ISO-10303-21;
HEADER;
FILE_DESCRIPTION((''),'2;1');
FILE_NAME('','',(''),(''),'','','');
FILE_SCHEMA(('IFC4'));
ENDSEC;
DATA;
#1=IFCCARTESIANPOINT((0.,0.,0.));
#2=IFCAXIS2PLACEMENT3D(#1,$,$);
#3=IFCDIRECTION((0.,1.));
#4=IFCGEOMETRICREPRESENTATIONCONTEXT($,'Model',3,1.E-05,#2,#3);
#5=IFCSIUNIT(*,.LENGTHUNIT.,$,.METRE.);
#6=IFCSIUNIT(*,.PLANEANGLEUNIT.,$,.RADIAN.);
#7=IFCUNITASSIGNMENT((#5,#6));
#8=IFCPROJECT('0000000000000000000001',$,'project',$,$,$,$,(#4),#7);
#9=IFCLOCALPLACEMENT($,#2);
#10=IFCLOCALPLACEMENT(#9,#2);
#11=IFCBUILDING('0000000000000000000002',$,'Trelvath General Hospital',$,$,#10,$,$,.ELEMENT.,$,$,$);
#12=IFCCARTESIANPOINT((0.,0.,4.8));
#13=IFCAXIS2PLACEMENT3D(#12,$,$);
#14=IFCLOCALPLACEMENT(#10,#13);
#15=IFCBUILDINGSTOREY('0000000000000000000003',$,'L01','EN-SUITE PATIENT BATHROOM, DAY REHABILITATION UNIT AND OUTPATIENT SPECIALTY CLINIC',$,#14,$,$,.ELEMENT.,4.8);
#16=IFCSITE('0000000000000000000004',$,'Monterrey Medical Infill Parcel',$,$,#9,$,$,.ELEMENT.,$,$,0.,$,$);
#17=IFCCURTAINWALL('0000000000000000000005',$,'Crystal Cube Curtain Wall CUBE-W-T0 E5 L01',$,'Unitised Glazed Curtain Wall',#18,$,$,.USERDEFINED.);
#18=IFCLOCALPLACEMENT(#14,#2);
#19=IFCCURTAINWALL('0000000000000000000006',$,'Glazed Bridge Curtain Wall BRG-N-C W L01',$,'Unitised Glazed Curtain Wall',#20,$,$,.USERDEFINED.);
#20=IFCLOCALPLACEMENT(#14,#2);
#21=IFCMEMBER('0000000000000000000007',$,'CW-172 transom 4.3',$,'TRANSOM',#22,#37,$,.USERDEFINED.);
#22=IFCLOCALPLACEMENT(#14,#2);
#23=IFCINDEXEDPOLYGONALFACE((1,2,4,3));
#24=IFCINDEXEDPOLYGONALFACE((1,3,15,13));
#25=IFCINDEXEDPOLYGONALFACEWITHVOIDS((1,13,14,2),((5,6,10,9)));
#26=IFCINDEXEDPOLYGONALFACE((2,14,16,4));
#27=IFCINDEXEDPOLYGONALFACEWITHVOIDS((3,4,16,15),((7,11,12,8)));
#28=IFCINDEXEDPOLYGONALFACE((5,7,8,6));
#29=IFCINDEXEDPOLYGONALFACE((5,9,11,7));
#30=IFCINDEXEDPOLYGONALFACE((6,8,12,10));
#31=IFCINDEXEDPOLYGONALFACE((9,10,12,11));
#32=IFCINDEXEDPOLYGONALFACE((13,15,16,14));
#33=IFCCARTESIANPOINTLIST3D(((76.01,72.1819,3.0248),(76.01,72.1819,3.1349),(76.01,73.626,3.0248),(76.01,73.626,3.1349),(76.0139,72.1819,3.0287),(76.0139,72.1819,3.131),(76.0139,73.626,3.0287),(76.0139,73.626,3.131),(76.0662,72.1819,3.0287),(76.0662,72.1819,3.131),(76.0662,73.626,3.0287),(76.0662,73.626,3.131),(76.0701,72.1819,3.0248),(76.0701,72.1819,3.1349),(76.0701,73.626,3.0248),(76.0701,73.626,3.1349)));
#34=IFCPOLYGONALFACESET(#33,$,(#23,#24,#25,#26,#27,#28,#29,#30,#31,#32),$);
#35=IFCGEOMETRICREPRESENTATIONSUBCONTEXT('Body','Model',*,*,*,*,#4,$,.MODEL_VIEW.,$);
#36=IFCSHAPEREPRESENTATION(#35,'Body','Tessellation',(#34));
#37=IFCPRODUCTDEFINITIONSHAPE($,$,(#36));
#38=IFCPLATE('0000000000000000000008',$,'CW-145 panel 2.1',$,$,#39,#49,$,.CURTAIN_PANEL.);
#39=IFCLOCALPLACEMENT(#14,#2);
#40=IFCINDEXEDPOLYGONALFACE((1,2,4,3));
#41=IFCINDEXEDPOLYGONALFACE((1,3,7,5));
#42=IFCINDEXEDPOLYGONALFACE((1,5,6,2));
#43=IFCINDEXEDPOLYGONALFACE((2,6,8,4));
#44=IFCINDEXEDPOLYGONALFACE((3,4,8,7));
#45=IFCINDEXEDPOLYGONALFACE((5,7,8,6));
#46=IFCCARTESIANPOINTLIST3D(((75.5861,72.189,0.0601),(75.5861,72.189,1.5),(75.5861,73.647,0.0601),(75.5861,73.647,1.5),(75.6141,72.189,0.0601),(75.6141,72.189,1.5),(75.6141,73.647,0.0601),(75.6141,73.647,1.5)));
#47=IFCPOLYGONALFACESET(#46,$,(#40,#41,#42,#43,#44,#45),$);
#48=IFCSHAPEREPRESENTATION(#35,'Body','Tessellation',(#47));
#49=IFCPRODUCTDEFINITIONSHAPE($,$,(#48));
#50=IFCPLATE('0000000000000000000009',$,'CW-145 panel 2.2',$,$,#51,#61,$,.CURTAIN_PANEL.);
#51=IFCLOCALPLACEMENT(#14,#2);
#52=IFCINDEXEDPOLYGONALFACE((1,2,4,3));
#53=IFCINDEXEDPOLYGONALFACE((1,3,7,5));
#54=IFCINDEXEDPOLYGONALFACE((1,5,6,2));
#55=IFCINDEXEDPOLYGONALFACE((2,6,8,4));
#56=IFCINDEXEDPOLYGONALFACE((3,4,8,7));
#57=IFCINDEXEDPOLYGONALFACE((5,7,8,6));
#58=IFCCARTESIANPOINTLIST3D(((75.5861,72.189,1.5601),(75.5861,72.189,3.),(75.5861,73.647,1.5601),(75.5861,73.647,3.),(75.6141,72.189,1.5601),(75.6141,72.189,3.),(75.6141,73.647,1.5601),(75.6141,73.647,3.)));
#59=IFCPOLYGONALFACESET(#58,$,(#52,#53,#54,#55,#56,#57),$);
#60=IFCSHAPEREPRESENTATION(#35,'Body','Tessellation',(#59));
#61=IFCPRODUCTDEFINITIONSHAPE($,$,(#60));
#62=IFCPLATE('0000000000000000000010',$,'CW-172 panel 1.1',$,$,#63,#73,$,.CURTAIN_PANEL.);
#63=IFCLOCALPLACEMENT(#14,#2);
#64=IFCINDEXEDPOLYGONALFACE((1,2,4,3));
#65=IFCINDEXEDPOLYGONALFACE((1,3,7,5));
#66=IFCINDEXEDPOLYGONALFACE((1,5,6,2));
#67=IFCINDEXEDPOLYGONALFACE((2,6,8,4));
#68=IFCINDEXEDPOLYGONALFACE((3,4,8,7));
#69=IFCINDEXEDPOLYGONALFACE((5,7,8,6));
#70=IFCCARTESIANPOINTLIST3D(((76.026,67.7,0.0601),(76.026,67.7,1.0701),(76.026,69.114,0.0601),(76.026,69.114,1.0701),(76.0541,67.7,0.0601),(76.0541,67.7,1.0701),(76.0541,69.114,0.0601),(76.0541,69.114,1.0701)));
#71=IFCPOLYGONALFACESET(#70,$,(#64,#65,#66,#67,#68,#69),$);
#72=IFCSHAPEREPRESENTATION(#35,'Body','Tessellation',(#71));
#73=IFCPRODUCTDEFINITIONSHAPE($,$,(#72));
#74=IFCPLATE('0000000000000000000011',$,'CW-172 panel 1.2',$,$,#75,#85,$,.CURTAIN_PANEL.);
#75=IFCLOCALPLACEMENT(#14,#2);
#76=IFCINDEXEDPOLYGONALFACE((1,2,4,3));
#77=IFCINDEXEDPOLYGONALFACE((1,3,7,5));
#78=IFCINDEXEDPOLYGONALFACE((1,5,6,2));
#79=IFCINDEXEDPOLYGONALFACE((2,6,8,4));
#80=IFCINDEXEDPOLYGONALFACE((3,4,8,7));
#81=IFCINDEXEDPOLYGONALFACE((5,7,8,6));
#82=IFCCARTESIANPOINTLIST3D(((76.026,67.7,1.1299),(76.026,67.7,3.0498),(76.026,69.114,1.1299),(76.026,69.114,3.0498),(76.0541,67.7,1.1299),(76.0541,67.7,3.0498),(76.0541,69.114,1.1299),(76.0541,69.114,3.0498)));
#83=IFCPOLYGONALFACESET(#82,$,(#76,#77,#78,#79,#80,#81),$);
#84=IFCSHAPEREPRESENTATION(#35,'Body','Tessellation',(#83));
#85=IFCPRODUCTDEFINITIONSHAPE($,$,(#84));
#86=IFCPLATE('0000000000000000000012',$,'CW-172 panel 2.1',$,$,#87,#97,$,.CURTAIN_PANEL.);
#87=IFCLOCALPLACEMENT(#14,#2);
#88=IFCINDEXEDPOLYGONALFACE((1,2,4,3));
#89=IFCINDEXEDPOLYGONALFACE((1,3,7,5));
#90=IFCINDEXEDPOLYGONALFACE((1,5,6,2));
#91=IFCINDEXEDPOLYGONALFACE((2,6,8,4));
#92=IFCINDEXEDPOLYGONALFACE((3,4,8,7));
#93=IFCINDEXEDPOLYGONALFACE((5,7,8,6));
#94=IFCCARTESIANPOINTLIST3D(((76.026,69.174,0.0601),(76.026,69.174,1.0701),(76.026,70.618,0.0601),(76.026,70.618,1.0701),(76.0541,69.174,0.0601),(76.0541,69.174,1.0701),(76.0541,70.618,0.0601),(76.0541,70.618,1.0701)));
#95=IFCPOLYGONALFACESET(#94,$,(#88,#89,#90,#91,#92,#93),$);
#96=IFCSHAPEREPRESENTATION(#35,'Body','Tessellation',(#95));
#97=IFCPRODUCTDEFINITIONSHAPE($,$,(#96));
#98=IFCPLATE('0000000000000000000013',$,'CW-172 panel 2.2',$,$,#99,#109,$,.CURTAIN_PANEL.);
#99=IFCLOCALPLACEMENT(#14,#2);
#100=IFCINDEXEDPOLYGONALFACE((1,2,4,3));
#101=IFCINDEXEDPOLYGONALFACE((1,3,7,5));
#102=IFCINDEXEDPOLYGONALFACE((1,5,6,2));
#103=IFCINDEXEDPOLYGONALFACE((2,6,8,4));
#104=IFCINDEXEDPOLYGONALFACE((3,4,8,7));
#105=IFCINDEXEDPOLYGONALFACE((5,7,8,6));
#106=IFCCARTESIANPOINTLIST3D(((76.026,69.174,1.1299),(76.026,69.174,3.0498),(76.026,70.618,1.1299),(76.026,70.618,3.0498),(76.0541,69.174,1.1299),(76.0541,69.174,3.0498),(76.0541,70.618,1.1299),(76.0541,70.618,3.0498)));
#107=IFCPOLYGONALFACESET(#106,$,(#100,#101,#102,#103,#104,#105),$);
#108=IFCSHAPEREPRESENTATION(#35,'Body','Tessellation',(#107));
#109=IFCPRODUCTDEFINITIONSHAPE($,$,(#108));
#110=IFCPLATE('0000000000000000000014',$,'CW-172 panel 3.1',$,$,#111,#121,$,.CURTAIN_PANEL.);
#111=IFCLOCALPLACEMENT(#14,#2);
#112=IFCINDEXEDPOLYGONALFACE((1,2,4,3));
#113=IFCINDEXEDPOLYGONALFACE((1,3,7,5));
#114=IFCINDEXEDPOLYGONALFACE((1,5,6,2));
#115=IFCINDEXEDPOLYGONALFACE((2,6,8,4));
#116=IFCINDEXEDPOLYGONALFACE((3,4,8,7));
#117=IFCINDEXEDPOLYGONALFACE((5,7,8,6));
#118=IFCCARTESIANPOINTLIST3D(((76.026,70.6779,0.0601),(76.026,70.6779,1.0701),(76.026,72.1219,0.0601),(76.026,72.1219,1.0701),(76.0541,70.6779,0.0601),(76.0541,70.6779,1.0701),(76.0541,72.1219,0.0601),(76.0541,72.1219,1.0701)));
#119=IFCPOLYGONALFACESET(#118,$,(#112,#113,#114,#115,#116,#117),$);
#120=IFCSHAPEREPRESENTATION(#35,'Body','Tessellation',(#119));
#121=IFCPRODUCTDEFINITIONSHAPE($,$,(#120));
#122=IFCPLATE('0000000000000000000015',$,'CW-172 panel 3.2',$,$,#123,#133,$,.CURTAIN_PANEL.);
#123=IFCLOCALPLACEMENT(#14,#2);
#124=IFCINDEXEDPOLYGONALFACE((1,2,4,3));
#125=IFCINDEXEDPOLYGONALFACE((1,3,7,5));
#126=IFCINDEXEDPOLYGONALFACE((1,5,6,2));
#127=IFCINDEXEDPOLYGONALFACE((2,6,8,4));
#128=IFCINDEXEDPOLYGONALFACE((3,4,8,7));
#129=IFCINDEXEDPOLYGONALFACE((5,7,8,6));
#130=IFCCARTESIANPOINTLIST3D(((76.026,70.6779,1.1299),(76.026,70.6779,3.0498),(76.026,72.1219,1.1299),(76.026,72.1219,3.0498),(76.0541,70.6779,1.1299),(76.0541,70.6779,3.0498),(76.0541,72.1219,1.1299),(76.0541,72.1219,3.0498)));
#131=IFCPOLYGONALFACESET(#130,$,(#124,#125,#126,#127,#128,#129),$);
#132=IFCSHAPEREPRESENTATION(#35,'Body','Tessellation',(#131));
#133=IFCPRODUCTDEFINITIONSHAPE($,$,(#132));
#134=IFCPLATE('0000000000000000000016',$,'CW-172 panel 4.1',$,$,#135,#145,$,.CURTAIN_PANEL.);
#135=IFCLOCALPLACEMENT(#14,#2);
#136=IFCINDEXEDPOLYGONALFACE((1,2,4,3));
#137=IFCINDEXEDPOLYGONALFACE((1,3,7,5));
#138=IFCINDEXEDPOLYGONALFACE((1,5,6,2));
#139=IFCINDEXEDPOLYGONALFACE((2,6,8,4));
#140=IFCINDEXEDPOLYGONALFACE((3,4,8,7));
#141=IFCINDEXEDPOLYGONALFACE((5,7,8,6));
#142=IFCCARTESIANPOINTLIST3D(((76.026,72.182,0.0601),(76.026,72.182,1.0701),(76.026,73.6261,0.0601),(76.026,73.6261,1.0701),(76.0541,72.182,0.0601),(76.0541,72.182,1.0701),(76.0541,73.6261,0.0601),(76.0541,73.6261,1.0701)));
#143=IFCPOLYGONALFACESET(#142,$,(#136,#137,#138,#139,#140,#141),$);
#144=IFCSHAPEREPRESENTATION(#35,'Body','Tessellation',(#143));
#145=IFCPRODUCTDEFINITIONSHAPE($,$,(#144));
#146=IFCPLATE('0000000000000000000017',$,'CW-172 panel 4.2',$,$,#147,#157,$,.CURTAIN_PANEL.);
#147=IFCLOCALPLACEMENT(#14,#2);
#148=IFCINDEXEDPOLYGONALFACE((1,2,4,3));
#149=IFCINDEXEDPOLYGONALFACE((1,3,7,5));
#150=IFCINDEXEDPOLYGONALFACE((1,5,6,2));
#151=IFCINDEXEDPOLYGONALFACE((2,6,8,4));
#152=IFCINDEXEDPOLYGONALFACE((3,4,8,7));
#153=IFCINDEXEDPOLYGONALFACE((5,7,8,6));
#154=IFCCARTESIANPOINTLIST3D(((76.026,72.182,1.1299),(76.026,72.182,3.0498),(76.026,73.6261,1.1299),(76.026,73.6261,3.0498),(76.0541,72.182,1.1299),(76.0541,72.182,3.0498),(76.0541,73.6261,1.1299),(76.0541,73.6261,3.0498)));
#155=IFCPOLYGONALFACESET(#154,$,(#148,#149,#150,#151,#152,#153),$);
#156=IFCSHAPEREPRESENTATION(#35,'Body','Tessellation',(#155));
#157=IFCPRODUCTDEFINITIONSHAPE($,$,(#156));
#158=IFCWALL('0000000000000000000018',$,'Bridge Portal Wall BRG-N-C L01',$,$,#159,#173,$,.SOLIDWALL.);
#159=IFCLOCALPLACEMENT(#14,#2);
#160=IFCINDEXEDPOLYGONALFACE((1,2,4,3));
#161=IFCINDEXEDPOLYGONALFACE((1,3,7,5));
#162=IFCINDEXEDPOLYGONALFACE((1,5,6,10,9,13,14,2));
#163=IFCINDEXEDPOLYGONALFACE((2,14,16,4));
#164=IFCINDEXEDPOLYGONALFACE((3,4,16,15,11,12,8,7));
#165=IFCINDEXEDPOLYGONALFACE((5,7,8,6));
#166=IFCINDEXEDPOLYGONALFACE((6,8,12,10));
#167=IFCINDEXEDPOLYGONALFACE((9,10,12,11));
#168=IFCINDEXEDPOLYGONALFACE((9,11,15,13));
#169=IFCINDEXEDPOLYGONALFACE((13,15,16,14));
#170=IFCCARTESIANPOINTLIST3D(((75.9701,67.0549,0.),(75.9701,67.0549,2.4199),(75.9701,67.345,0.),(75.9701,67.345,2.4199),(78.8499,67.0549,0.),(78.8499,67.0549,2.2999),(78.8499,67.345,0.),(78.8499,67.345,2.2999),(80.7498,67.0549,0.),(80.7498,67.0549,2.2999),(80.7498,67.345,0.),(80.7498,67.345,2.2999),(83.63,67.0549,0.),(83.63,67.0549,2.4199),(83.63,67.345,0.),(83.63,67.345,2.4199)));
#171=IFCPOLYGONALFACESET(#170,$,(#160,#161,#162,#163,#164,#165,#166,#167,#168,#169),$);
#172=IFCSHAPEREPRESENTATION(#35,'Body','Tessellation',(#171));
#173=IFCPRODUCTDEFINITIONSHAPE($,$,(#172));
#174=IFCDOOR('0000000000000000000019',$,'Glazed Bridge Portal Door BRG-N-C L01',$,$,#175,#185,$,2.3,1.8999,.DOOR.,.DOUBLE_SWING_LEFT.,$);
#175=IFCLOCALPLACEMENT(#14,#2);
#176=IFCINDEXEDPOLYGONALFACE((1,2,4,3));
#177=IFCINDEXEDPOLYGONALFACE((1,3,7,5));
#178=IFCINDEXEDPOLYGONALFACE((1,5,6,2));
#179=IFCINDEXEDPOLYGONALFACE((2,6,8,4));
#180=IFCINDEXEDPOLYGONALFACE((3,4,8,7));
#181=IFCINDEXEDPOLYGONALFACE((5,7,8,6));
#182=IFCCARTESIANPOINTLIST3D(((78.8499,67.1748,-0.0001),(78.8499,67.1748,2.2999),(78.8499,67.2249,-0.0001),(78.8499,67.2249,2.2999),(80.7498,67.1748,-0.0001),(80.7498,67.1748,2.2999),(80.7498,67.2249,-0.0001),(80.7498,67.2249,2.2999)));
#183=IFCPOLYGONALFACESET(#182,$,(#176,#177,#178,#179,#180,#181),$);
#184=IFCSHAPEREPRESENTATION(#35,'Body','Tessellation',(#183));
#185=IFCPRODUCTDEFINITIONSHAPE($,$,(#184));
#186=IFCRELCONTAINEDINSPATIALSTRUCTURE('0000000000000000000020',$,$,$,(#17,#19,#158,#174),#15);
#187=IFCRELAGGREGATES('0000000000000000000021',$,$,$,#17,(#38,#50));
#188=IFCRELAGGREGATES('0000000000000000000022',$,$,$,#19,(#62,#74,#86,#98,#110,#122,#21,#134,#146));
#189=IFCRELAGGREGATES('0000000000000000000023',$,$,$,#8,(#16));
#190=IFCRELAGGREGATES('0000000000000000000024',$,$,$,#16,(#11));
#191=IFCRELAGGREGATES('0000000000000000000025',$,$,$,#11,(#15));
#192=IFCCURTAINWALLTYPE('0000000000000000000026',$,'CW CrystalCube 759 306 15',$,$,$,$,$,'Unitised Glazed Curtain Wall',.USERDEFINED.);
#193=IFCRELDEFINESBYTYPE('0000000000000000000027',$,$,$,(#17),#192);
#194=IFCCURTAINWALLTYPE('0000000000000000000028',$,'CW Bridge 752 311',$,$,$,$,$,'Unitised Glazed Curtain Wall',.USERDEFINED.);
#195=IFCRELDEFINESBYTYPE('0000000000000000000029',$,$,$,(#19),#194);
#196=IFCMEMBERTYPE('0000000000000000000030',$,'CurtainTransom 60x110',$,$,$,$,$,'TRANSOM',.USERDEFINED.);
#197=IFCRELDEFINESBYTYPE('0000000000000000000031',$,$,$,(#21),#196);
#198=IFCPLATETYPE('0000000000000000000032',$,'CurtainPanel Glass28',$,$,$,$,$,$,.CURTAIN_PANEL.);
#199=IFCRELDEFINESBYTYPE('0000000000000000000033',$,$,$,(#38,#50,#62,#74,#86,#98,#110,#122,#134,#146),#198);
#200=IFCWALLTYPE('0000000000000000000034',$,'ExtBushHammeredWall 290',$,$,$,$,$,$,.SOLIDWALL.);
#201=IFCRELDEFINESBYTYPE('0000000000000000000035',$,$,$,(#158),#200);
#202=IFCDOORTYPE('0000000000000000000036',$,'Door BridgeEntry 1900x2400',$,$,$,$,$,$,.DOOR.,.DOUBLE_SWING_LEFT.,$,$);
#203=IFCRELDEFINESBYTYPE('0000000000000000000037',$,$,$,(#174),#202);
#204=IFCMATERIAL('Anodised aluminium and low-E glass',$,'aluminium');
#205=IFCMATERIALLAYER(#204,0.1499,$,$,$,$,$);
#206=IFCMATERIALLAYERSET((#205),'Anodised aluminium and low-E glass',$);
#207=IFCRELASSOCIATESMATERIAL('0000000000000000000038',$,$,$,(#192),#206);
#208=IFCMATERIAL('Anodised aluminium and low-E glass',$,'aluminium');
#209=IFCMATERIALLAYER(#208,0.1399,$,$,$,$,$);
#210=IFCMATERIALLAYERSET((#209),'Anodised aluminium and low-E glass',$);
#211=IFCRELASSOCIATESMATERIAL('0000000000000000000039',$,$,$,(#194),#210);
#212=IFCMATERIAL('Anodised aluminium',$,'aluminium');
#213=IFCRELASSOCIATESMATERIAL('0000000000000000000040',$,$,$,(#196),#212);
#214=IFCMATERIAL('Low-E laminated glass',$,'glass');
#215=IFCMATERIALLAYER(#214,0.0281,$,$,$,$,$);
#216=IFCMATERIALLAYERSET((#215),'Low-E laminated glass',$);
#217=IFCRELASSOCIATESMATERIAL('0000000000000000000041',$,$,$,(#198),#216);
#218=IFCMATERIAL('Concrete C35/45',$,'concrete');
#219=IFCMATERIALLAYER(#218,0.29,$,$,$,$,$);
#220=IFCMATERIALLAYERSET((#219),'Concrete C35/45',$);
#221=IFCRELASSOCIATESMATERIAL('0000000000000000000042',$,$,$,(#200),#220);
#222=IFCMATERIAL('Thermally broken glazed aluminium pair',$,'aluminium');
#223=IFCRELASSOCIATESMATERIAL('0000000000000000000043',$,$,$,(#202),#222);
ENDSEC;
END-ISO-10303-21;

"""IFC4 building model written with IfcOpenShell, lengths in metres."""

from ifc_helpers import new_model, si_unit, direction, frame, frame_2d, origin, origin_2d, place, context, subcontext, project, spatial, rectangle, hollow_rectangle, extrude, material, layer, layer_set, material_profile, profile_set, type_object, element, fill, aggregate, save


model = new_model("IFC4")

# Units and contexts
model_context = context("Model", 3, precision=1e-05, world=origin(), true_north=direction((0.0, 1.0)))
body_context = subcontext(model_context, "Body", "Model", "MODEL_VIEW")
ifc_project = project(units=[si_unit("LENGTHUNIT", "METRE"), si_unit("PLANEANGLEUNIT", "RADIAN")], contexts=[model_context])

# Site, building, storey
site_placement = place(None, origin())
site = spatial("IfcSite", under=ifc_project, at=site_placement, Name="Monterrey Medical Infill Parcel", CompositionType="ELEMENT", RefElevation=0.0)
building_placement = place(site_placement, origin())
building = spatial("IfcBuilding", under=site, at=building_placement, Name="Trelvath General Hospital", CompositionType="ELEMENT")
storey_placement = place(building_placement, frame((0.0, 0.0, 4.8)))
storey = spatial("IfcBuildingStorey", under=building, at=storey_placement, Name="L01", Description="EN-SUITE PATIENT BATHROOM, DAY REHABILITATION UNIT AND OUTPATIENT SPECIALTY CLINIC", CompositionType="ELEMENT", Elevation=4.8)

# Curtain wall
ifc_material_1 = material(Name="Anodised aluminium and low-E glass", Category="aluminium")
ifc_layer_1 = layer(ifc_material_1, 0.1499)
ifc_layer_set_1 = layer_set([ifc_layer_1], Name="Anodised aluminium and low-E glass")
curtain_wall_type_1 = type_object("IfcCurtainWallType", Name="CW CrystalCube 759 306 15", ElementType="Unitised Glazed Curtain Wall", PredefinedType="USERDEFINED", material=ifc_layer_set_1)
curtain_wall_1_placement = place(storey_placement, origin())
curtain_wall_1 = element("IfcCurtainWall", 1, at=curtain_wall_1_placement, inside=storey, type_object=curtain_wall_type_1, Name="Crystal Cube Curtain Wall CUBE-W-T0 E5 L01", ObjectType="Unitised Glazed Curtain Wall", PredefinedType="USERDEFINED")

# Curtain wall
ifc_material_2 = material(Name="Anodised aluminium and low-E glass", Category="aluminium")
ifc_layer_2 = layer(ifc_material_2, 0.1399)
ifc_layer_set_2 = layer_set([ifc_layer_2], Name="Anodised aluminium and low-E glass")
curtain_wall_type_2 = type_object("IfcCurtainWallType", Name="CW Bridge 752 311", ElementType="Unitised Glazed Curtain Wall", PredefinedType="USERDEFINED", material=ifc_layer_set_2)
curtain_wall_2_placement = place(storey_placement, origin())
curtain_wall_2 = element("IfcCurtainWall", 2, at=curtain_wall_2_placement, inside=storey, type_object=curtain_wall_type_2, Name="Glazed Bridge Curtain Wall BRG-N-C W L01", ObjectType="Unitised Glazed Curtain Wall", PredefinedType="USERDEFINED")

# Member
ifc_material_3 = material(Name="Anodised aluminium", Category="aluminium")
ifc_material_profile_1 = material_profile(ifc_material_3, hollow_rectangle(XDim=0.0601, YDim=0.1101, WallThickness=0.0039, at=origin_2d()), Name="RHS60x110x4")
ifc_profile_set_1 = profile_set([ifc_material_profile_1], Name="Anodised aluminium")
member_type_1 = type_object("IfcMemberType", Name="CurtainTransom 60x110", ElementType="TRANSOM", PredefinedType="USERDEFINED", material=ifc_profile_set_1)
member_1_placement = place(storey_placement, frame((76.04, 72.1819, 3.0798), z_axis=(0.0, 1.0, 0.0), x_axis=(-1.0, 0.0, 0.0)))
member_1 = element("IfcMember", 3, at=member_1_placement, type_object=member_type_1, Name="CW-172 transom 4.3", ObjectType="TRANSOM", PredefinedType="USERDEFINED", context=body_context, shape_type="SweptSolid", body=[
    extrude(hollow_rectangle(XDim=0.0601, YDim=0.1101, WallThickness=0.0039, at=origin_2d()), origin(), (0.0, 0.0, 1.0), 1.4441),
])

# Plates
ifc_material_4 = material(Name="Low-E laminated glass", Category="glass")
ifc_layer_3 = layer(ifc_material_4, 0.0281)
ifc_layer_set_3 = layer_set([ifc_layer_3], Name="Low-E laminated glass")
plate_type = type_object("IfcPlateType", Name="CurtainPanel Glass28", PredefinedType="CURTAIN_PANEL", material=ifc_layer_set_3)
plate_1_placement = place(storey_placement, frame((75.6001, 72.918, 0.0601), z_axis=(0.0, 0.0, 1.0), x_axis=(0.0, -1.0, 0.0)))
plate_1 = element("IfcPlate", 4, at=plate_1_placement, type_object=plate_type, Name="CW-145 panel 2.1", PredefinedType="CURTAIN_PANEL", context=body_context, shape_type="SweptSolid", body=[
    extrude(rectangle(XDim=1.458, YDim=0.0281, at=origin_2d()), origin(), (0.0, 0.0, 1.0), 1.4399),
])
plate_2_placement = place(storey_placement, frame((75.6001, 72.918, 1.5601), z_axis=(0.0, 0.0, 1.0), x_axis=(0.0, -1.0, 0.0)))
plate_2 = element("IfcPlate", 5, at=plate_2_placement, type_object=plate_type, Name="CW-145 panel 2.2", PredefinedType="CURTAIN_PANEL", context=body_context, shape_type="SweptSolid", body=[
    extrude(rectangle(XDim=1.458, YDim=0.0281, at=origin_2d()), origin(), (0.0, 0.0, 1.0), 1.4399),
])
aggregate(curtain_wall_1, [plate_1, plate_2])
plate_3_placement = place(storey_placement, frame((76.04, 68.407, 0.0601), z_axis=(0.0, 0.0, 1.0), x_axis=(0.0, 1.0, 0.0)))
plate_3 = element("IfcPlate", 6, at=plate_3_placement, type_object=plate_type, Name="CW-172 panel 1.1", PredefinedType="CURTAIN_PANEL", context=body_context, shape_type="SweptSolid", body=[
    extrude(rectangle(XDim=1.4141, YDim=0.0281, at=origin_2d()), origin(), (0.0, 0.0, 1.0), 1.01),
])
plate_4_placement = place(storey_placement, frame((76.04, 68.407, 1.1299), z_axis=(0.0, 0.0, 1.0), x_axis=(0.0, 1.0, 0.0)))
plate_4 = element("IfcPlate", 7, at=plate_4_placement, type_object=plate_type, Name="CW-172 panel 1.2", PredefinedType="CURTAIN_PANEL", context=body_context, shape_type="SweptSolid", body=[
    extrude(rectangle(XDim=1.4141, YDim=0.0281, at=origin_2d()), origin(), (0.0, 0.0, 1.0), 1.9199),
])
plate_5_placement = place(storey_placement, frame((76.04, 69.896, 0.0601), z_axis=(0.0, 0.0, 1.0), x_axis=(0.0, 1.0, 0.0)))
plate_5 = element("IfcPlate", 8, at=plate_5_placement, type_object=plate_type, Name="CW-172 panel 2.1", PredefinedType="CURTAIN_PANEL", context=body_context, shape_type="SweptSolid", body=[
    extrude(rectangle(XDim=1.4441, YDim=0.0281, at=origin_2d()), origin(), (0.0, 0.0, 1.0), 1.01),
])
plate_6_placement = place(storey_placement, frame((76.04, 69.896, 1.1299), z_axis=(0.0, 0.0, 1.0), x_axis=(0.0, 1.0, 0.0)))
plate_6 = element("IfcPlate", 9, at=plate_6_placement, type_object=plate_type, Name="CW-172 panel 2.2", PredefinedType="CURTAIN_PANEL", context=body_context, shape_type="SweptSolid", body=[
    extrude(rectangle(XDim=1.4441, YDim=0.0281, at=origin_2d()), origin(), (0.0, 0.0, 1.0), 1.9199),
])
plate_7_placement = place(storey_placement, frame((76.04, 71.3999, 0.0601), z_axis=(0.0, 0.0, 1.0), x_axis=(0.0, 1.0, 0.0)))
plate_7 = element("IfcPlate", 10, at=plate_7_placement, type_object=plate_type, Name="CW-172 panel 3.1", PredefinedType="CURTAIN_PANEL", context=body_context, shape_type="SweptSolid", body=[
    extrude(rectangle(XDim=1.4441, YDim=0.0281, at=origin_2d()), origin(), (0.0, 0.0, 1.0), 1.01),
])
plate_8_placement = place(storey_placement, frame((76.04, 71.3999, 1.1299), z_axis=(0.0, 0.0, 1.0), x_axis=(0.0, 1.0, 0.0)))
plate_8 = element("IfcPlate", 11, at=plate_8_placement, type_object=plate_type, Name="CW-172 panel 3.2", PredefinedType="CURTAIN_PANEL", context=body_context, shape_type="SweptSolid", body=[
    extrude(rectangle(XDim=1.4441, YDim=0.0281, at=origin_2d()), origin(), (0.0, 0.0, 1.0), 1.9199),
])
plate_9_placement = place(storey_placement, frame((76.04, 72.9041, 0.0601), z_axis=(0.0, 0.0, 1.0), x_axis=(0.0, 1.0, 0.0)))
plate_9 = element("IfcPlate", 12, at=plate_9_placement, type_object=plate_type, Name="CW-172 panel 4.1", PredefinedType="CURTAIN_PANEL", context=body_context, shape_type="SweptSolid", body=[
    extrude(rectangle(XDim=1.4441, YDim=0.0281, at=origin_2d()), origin(), (0.0, 0.0, 1.0), 1.01),
])
plate_10_placement = place(storey_placement, frame((76.04, 72.9041, 1.1299), z_axis=(0.0, 0.0, 1.0), x_axis=(0.0, 1.0, 0.0)))
plate_10 = element("IfcPlate", 13, at=plate_10_placement, type_object=plate_type, Name="CW-172 panel 4.2", PredefinedType="CURTAIN_PANEL", context=body_context, shape_type="SweptSolid", body=[
    extrude(rectangle(XDim=1.4441, YDim=0.0281, at=origin_2d()), origin(), (0.0, 0.0, 1.0), 1.9199),
])
aggregate(curtain_wall_2, [plate_3, plate_4, plate_5, plate_6, plate_7, plate_8, member_1, plate_9, plate_10])

# Wall, opening, door
ifc_material_5 = material(Name="Concrete C35/45", Category="concrete")
ifc_layer_4 = layer(ifc_material_5, 0.29)
ifc_layer_set_4 = layer_set([ifc_layer_4], Name="Concrete C35/45")
wall_type = type_object("IfcWallType", Name="ExtBushHammeredWall 290", PredefinedType="SOLIDWALL", material=ifc_layer_set_4)
wall_placement = place(storey_placement, frame((75.97, 67.2, 0.0), z_axis=(0.0, 0.0, 1.0), x_axis=(1.0, 0.0, 0.0)))
wall = element("IfcWall", 14, at=wall_placement, inside=storey, type_object=wall_type, Name="Bridge Portal Wall BRG-N-C L01", PredefinedType="SOLIDWALL", context=body_context, shape_type="SweptSolid", body=[
    extrude(rectangle(XDim=7.6599, YDim=0.29, at=frame_2d((3.8301, 0.0))), origin(), (0.0, 0.0, 1.0), 2.4199),
])
opening_placement = place(wall_placement, frame((2.8799, 0.0, 0.0)))
opening = element("IfcOpeningElement", 15, at=opening_placement, cuts=wall, PredefinedType="OPENING", context=body_context, shape_type="SweptSolid", body=[
    extrude(rectangle(XDim=1.8999, YDim=2.3, at=frame_2d((0.95, 1.1499))), frame((0.0, 0.155, 0.0), z_axis=(0.0, -1.0, 0.0), x_axis=(1.0, 0.0, 0.0)), (0.0, 0.0, 1.0), 0.3101),
])
ifc_material_6 = material(Name="Thermally broken glazed aluminium pair", Category="aluminium")
door_type = type_object("IfcDoorType", Name="Door BridgeEntry 1900x2400", OperationType="DOUBLE_SWING_LEFT", PredefinedType="DOOR", material=ifc_material_6)
door_placement = place(opening_placement, origin())
door = element("IfcDoor", 16, at=door_placement, inside=storey, type_object=door_type, Name="Glazed Bridge Portal Door BRG-N-C L01", OperationType="DOUBLE_SWING_LEFT", OverallHeight=2.3, OverallWidth=1.8999, PredefinedType="DOOR", context=body_context, shape_type="SweptSolid", body=[
    extrude(rectangle(XDim=1.8999, YDim=2.3, at=frame_2d((0.95, 1.1499))), frame((0.0, 0.0249, 0.0), z_axis=(0.0, -1.0, 0.0), x_axis=(1.0, 0.0, 0.0)), (0.0, 0.0, 1.0), 0.05),
])
fill(opening, door)

save(model, "model.ifc")
